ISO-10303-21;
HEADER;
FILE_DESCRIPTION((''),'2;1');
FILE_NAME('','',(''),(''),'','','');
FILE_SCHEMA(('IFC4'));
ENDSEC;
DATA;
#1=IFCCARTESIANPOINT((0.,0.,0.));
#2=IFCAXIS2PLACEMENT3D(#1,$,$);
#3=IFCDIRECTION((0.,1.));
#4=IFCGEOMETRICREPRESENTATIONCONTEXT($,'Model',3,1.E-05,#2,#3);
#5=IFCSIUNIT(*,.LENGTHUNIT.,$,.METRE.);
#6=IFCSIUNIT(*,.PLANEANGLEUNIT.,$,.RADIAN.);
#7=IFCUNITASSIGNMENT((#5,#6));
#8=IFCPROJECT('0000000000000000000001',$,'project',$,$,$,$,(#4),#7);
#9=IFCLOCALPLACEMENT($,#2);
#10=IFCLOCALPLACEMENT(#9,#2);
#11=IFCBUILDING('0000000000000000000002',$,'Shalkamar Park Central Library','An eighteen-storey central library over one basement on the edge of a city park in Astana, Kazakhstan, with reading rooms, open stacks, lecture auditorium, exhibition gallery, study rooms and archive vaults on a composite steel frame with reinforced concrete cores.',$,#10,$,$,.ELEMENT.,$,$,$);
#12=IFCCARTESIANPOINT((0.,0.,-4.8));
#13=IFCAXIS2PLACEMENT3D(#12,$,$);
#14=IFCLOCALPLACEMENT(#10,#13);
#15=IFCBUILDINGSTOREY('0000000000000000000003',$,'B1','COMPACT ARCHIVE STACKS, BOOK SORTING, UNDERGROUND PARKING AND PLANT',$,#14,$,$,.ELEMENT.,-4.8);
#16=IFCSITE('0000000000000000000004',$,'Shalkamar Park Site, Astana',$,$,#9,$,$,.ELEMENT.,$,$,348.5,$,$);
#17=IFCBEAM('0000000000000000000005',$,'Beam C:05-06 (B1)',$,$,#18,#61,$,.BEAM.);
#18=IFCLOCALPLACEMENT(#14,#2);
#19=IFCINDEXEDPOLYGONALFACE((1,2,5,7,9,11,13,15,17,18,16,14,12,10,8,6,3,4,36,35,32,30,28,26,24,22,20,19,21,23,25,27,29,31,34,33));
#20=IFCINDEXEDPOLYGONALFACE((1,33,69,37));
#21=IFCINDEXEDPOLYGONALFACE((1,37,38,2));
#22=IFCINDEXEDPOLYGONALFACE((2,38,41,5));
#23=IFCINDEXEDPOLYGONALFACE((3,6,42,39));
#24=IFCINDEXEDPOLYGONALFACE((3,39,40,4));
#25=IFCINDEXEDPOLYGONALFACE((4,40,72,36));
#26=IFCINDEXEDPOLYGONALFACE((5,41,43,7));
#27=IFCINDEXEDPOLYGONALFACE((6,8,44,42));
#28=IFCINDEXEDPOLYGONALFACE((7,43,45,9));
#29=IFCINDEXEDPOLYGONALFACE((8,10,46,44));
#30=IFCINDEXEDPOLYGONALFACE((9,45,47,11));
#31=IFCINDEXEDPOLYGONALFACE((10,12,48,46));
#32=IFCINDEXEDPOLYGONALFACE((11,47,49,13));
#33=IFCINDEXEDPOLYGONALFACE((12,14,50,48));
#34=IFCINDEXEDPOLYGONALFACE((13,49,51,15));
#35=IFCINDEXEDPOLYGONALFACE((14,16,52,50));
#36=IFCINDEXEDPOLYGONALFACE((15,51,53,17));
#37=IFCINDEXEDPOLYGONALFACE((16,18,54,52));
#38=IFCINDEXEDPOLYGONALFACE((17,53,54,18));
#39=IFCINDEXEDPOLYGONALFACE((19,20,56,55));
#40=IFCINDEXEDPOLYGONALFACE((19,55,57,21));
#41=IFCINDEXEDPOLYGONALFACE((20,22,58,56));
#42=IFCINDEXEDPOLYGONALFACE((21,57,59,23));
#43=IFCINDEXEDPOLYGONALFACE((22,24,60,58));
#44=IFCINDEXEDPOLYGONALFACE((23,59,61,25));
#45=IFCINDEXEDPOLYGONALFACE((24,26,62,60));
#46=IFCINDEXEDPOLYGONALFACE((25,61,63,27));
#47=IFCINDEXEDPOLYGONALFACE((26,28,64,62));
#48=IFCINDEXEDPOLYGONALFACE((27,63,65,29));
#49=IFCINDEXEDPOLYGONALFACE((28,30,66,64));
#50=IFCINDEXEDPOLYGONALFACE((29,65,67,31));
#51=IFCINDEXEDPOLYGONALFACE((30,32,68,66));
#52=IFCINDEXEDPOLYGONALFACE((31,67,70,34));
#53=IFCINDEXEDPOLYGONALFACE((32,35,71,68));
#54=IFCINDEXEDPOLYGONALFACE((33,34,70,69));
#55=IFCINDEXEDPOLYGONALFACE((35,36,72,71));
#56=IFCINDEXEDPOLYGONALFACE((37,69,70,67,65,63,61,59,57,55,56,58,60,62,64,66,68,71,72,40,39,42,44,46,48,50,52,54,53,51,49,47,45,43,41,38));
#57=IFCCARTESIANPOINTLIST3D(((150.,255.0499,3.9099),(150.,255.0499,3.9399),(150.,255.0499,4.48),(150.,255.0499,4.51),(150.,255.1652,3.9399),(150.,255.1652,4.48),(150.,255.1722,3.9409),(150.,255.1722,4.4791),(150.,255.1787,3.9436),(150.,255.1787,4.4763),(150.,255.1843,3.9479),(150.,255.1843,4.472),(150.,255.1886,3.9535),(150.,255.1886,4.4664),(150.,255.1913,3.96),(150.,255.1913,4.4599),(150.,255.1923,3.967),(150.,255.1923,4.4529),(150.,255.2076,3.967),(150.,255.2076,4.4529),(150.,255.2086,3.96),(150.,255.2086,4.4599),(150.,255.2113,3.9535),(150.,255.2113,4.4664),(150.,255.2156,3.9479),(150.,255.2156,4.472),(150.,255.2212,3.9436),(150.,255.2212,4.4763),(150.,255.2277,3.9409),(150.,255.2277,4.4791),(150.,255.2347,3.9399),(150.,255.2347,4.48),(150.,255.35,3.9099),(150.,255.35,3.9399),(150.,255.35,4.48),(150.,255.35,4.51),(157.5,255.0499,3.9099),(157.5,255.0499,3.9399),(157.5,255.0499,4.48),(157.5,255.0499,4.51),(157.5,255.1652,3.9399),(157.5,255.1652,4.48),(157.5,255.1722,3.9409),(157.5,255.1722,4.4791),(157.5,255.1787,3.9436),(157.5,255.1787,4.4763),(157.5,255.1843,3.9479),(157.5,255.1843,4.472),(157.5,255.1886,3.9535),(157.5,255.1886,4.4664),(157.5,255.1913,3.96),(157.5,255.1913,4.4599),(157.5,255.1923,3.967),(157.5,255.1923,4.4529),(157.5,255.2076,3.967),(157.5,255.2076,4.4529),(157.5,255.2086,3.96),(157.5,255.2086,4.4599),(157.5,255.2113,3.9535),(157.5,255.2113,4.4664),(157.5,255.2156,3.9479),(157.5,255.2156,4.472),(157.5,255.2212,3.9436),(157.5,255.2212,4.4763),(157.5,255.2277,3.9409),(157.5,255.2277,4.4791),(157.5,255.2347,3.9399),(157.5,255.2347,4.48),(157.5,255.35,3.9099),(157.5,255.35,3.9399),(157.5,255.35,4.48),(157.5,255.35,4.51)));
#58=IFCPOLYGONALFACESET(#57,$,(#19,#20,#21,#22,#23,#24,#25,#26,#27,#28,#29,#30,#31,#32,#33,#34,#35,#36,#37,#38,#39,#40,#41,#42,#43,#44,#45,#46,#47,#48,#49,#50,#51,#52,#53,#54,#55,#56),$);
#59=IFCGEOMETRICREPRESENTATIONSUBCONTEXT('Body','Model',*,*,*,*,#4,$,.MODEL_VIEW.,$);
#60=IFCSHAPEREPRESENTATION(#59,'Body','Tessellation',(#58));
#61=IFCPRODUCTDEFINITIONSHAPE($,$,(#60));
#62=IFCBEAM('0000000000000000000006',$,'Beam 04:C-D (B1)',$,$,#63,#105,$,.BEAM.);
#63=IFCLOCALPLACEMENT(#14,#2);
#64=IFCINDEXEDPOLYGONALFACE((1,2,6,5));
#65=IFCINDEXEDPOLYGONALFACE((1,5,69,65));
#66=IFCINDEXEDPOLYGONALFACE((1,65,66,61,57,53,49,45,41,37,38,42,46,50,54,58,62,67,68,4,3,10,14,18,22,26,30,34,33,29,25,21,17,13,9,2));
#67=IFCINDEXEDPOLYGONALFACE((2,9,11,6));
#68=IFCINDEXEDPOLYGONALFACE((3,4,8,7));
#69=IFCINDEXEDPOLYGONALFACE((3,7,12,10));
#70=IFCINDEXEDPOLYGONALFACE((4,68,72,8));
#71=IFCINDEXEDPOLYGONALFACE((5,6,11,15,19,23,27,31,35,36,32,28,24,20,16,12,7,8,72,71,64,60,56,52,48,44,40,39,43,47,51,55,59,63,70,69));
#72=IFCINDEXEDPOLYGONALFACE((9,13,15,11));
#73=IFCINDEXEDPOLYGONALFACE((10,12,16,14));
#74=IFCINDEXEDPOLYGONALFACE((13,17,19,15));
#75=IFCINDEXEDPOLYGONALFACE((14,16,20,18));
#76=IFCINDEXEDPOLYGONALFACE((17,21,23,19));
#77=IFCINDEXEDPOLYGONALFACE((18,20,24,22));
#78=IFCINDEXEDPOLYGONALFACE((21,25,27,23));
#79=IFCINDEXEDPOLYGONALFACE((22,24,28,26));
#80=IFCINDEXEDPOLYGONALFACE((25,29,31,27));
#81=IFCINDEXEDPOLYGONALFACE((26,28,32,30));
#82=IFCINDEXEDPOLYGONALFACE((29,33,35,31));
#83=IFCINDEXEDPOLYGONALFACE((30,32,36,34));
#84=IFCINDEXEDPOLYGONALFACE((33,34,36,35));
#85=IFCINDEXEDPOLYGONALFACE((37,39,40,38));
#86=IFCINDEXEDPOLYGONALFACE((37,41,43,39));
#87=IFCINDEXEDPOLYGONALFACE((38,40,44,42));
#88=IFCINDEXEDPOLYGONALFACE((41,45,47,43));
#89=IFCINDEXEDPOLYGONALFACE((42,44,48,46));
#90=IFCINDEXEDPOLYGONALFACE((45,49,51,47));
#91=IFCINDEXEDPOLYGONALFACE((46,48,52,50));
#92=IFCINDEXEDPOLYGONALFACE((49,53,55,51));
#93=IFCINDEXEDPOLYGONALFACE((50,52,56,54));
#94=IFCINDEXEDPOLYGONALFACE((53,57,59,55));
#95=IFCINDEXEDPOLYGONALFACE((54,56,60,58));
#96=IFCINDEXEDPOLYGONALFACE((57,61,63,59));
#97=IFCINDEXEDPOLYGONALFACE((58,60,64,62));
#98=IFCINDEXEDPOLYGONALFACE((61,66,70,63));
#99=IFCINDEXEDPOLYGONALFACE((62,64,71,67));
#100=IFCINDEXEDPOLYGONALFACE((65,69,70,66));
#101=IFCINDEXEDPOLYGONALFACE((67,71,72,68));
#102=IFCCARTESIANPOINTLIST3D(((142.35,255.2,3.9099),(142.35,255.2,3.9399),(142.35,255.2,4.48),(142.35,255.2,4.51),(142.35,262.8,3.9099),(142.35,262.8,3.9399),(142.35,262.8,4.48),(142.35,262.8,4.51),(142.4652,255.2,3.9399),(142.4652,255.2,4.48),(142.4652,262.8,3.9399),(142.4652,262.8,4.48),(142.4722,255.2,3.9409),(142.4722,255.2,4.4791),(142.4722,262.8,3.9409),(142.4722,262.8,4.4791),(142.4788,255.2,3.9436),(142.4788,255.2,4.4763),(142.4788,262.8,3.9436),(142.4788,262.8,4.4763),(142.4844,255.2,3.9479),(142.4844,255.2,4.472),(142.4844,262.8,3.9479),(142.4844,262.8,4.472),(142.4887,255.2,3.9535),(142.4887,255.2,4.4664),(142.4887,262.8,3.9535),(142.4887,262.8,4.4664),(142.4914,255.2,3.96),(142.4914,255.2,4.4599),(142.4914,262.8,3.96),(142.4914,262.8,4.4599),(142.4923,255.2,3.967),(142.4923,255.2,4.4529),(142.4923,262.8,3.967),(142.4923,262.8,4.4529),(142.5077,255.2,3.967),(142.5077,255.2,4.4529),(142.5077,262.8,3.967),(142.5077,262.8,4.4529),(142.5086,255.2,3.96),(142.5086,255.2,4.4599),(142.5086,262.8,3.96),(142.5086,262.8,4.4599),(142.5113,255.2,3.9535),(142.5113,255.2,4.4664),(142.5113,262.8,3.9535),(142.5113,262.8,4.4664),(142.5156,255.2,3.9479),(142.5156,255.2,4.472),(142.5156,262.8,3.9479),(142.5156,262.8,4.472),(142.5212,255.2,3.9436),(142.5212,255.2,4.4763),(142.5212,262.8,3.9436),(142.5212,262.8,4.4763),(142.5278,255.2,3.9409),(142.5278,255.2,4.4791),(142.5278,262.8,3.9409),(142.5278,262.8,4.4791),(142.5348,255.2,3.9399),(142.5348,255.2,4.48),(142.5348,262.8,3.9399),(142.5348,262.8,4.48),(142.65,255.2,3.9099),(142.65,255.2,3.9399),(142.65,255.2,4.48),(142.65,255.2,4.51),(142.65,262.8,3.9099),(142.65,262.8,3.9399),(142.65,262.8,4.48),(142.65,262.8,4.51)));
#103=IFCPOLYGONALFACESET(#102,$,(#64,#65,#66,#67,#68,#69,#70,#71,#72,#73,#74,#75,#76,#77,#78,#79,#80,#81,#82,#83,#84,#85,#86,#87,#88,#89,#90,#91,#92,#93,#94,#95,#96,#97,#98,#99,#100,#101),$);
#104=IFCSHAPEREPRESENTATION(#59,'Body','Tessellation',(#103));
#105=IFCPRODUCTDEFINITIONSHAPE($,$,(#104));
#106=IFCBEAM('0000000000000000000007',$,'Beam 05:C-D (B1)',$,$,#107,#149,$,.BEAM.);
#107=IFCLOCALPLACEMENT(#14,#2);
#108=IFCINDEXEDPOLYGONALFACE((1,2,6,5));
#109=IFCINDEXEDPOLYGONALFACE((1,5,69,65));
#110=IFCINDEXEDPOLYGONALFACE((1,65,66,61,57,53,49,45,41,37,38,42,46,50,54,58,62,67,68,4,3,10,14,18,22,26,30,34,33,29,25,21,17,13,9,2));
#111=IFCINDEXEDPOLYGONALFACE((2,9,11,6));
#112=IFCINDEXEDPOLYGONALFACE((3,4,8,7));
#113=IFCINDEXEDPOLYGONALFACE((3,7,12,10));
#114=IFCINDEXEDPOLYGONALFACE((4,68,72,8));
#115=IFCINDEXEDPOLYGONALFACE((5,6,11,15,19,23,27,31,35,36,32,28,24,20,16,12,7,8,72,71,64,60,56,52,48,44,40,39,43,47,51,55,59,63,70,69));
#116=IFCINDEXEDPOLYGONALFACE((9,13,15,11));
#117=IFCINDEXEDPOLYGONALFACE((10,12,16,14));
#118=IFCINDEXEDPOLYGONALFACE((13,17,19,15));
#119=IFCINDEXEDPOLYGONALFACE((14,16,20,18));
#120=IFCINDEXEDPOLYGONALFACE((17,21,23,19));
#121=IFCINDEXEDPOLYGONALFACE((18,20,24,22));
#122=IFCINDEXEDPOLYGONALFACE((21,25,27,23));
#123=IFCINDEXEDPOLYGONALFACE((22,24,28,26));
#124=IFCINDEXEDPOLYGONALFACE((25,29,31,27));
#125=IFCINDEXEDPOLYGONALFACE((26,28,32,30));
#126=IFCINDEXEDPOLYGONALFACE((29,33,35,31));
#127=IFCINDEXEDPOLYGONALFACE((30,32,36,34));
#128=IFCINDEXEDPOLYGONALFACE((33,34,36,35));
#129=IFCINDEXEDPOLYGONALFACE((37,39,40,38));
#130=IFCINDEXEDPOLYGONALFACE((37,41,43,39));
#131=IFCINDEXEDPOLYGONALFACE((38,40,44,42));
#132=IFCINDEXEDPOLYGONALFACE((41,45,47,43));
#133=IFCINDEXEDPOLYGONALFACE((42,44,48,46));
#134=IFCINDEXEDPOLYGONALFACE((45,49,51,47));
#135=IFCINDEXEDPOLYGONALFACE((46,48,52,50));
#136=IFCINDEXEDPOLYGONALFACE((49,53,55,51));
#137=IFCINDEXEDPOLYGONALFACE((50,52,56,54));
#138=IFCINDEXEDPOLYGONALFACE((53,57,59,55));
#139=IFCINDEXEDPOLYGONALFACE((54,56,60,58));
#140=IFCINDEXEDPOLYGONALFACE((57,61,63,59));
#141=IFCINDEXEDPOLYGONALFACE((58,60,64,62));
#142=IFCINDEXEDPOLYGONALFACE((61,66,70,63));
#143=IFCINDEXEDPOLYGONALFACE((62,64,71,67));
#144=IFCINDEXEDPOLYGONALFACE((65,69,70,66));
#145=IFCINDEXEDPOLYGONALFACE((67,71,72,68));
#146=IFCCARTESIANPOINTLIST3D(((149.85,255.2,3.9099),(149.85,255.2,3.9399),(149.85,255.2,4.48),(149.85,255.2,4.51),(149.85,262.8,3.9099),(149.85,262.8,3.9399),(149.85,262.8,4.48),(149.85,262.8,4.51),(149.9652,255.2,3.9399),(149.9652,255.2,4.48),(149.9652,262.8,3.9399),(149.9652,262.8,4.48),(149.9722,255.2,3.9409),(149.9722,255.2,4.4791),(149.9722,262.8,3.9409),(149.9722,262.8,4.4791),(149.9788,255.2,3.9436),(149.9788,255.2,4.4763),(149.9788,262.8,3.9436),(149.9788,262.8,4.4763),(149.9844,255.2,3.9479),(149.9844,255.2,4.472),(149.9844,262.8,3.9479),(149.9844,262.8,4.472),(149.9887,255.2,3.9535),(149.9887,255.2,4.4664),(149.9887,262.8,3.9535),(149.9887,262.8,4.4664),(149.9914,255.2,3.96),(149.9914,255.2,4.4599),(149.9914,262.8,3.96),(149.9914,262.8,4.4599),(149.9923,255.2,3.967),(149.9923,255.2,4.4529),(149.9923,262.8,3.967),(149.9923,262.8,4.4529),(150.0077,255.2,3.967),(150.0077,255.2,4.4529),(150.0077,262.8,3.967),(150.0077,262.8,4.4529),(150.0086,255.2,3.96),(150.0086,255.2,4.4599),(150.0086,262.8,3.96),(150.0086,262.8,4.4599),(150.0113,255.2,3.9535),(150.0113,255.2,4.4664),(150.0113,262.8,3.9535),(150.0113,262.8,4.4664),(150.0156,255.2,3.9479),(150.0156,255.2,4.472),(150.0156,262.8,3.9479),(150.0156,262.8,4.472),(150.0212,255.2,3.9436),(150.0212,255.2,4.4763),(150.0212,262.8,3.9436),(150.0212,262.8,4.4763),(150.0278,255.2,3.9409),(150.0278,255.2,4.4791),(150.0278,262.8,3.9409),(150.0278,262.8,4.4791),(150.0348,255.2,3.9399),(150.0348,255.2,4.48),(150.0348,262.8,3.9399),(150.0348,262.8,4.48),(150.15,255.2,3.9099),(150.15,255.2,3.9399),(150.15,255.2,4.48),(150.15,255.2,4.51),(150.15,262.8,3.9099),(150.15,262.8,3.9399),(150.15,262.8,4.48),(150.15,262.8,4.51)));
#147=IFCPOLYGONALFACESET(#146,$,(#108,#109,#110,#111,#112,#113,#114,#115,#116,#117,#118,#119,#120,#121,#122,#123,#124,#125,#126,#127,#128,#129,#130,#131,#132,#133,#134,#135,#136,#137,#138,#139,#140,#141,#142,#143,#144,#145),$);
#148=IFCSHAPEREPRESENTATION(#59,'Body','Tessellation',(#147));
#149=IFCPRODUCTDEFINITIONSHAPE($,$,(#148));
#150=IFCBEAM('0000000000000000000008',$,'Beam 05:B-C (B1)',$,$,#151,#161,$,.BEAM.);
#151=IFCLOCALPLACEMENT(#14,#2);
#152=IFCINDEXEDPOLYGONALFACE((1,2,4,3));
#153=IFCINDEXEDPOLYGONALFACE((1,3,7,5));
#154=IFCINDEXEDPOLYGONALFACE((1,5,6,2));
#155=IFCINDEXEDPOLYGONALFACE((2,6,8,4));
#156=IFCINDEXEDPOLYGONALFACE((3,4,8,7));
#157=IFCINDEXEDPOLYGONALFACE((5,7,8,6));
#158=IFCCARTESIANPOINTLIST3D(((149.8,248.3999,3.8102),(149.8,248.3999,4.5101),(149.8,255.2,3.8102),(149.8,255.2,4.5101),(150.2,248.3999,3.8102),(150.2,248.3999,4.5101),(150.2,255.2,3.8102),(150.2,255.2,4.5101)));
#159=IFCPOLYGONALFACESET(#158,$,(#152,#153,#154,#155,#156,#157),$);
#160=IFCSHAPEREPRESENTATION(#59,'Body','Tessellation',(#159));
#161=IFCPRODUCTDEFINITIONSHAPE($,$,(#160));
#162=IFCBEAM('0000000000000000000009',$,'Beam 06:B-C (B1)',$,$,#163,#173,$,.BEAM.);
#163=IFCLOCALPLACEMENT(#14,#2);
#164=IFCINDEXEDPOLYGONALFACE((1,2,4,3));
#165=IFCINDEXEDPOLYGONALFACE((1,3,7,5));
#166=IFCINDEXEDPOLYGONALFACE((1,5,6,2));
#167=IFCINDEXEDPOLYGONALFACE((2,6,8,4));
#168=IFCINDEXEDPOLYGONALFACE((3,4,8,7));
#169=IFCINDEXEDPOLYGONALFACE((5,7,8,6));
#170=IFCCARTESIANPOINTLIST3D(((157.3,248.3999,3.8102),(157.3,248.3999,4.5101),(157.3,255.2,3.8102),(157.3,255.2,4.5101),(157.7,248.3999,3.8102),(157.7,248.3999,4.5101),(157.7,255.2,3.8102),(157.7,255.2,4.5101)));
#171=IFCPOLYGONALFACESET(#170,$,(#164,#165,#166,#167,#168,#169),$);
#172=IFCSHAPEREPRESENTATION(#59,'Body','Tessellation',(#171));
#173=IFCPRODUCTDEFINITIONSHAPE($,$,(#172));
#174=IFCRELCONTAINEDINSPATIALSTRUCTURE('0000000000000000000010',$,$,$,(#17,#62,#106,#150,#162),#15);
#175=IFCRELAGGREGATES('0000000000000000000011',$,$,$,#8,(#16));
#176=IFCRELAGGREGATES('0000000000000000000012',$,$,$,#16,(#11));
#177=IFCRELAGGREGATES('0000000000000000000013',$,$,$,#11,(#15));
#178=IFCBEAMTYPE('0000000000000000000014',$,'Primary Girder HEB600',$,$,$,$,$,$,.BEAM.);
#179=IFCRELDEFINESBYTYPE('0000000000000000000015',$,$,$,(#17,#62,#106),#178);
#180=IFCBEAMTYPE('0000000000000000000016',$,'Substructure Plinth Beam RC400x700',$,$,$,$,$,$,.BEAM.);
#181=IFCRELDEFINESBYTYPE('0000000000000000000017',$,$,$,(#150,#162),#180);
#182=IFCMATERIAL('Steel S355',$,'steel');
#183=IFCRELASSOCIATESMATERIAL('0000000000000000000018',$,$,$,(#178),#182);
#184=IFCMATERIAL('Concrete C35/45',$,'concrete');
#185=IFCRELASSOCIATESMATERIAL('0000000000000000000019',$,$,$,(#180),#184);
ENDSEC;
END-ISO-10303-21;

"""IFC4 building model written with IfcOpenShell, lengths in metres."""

from ifc_helpers import new_model, si_unit, direction, frame, origin, origin_2d, place, context, subcontext, project, spatial, rectangle, i_section, extrude, material, material_profile, profile_set, type_object, element, save


model = new_model("IFC4")

# Units and contexts
model_context = context("Model", 3, precision=1e-05, world=origin(), true_north=direction((0.0, 1.0)))
body_context = subcontext(model_context, "Body", "Model", "MODEL_VIEW")
ifc_project = project(units=[si_unit("LENGTHUNIT", "METRE"), si_unit("PLANEANGLEUNIT", "RADIAN")], contexts=[model_context])

# Site, building, storey
site_placement = place(None, origin())
site = spatial("IfcSite", under=ifc_project, at=site_placement, Name="Shalkamar Park Site, Astana", CompositionType="ELEMENT", RefElevation=348.5)
building_placement = place(site_placement, origin())
building = spatial("IfcBuilding", under=site, at=building_placement, Name="Shalkamar Park Central Library", Description="An eighteen-storey central library over one basement on the edge of a city park in Astana, Kazakhstan, with reading rooms, open stacks, lecture auditorium, exhibition gallery, study rooms and archive vaults on a composite steel frame with reinforced concrete cores.", CompositionType="ELEMENT")
storey_placement = place(building_placement, frame((0.0, 0.0, -4.8)))
storey = spatial("IfcBuildingStorey", under=building, at=storey_placement, Name="B1", Description="COMPACT ARCHIVE STACKS, BOOK SORTING, UNDERGROUND PARKING AND PLANT", CompositionType="ELEMENT", Elevation=-4.8)

# Shared definitions
ifc_material_1 = material(Name="Concrete C35/45", Category="concrete")

# Shared definitions
ifc_material_2 = material(Name="Steel S355", Category="steel")

# Beams
ifc_material_profile_1 = material_profile(ifc_material_2, i_section(OverallWidth=0.3, OverallDepth=0.6001, WebThickness=0.0154, FlangeThickness=0.03, FilletRadius=0.0271, at=origin_2d()), Name="HEB 600")
ifc_profile_set_1 = profile_set([ifc_material_profile_1], Name="Steel S355")
beam_type_1 = type_object("IfcBeamType", Name="Primary Girder HEB600", PredefinedType="BEAM", material=ifc_profile_set_1)
for number, where, z_axis, x_axis, name in (
    (1, (150.0, 255.2, 4.21), (1.0, 0.0, 0.0), (0.0, 1.0, 0.0), "Beam C:05-06 (B1)"),
):
    element("IfcBeam", number, at=place(storey_placement, frame(where, z_axis=z_axis, x_axis=x_axis)), inside=storey, type_object=beam_type_1, Name=name, PredefinedType="BEAM", context=body_context, shape_type="SweptSolid", body=[
        extrude(i_section(OverallWidth=0.3, OverallDepth=0.6001, WebThickness=0.0154, FlangeThickness=0.03, FilletRadius=0.0271, at=origin_2d()), origin(), (0.0, 0.0, 1.0), 7.5),
    ])
for number, where, z_axis, x_axis, name in (
    (2, (142.5, 255.2, 4.21), (0.0, 1.0, 0.0), (-1.0, 0.0, 0.0), "Beam 04:C-D (B1)"),
    (3, (150.0, 255.2, 4.21), (0.0, 1.0, 0.0), (-1.0, 0.0, 0.0), "Beam 05:C-D (B1)"),
):
    element("IfcBeam", number, at=place(storey_placement, frame(where, z_axis=z_axis, x_axis=x_axis)), inside=storey, type_object=beam_type_1, Name=name, PredefinedType="BEAM", context=body_context, shape_type="SweptSolid", body=[
        extrude(i_section(OverallWidth=0.3, OverallDepth=0.6001, WebThickness=0.0154, FlangeThickness=0.03, FilletRadius=0.0271, at=origin_2d()), origin(), (0.0, 0.0, 1.0), 7.6001),
    ])
ifc_material_profile_2 = material_profile(ifc_material_1, rectangle(XDim=0.3999, YDim=0.7, at=origin_2d()), Name="RC 400x700")
ifc_profile_set_2 = profile_set([ifc_material_profile_2], Name="Concrete C35/45")
beam_type_2 = type_object("IfcBeamType", Name="Substructure Plinth Beam RC400x700", PredefinedType="BEAM", material=ifc_profile_set_2)
for number, where, z_axis, x_axis, name in (
    (4, (150.0, 248.3999, 4.1602), (0.0, 1.0, 0.0), (-1.0, 0.0, 0.0), "Beam 05:B-C (B1)"),
    (5, (157.5, 248.3999, 4.1602), (0.0, 1.0, 0.0), (-1.0, 0.0, 0.0), "Beam 06:B-C (B1)"),
):
    element("IfcBeam", number, at=place(storey_placement, frame(where, z_axis=z_axis, x_axis=x_axis)), inside=storey, type_object=beam_type_2, Name=name, PredefinedType="BEAM", context=body_context, shape_type="SweptSolid", body=[
        extrude(rectangle(XDim=0.3999, YDim=0.7, at=origin_2d()), origin(), (0.0, 0.0, 1.0), 6.8),
    ])

save(model, "model.ifc")
